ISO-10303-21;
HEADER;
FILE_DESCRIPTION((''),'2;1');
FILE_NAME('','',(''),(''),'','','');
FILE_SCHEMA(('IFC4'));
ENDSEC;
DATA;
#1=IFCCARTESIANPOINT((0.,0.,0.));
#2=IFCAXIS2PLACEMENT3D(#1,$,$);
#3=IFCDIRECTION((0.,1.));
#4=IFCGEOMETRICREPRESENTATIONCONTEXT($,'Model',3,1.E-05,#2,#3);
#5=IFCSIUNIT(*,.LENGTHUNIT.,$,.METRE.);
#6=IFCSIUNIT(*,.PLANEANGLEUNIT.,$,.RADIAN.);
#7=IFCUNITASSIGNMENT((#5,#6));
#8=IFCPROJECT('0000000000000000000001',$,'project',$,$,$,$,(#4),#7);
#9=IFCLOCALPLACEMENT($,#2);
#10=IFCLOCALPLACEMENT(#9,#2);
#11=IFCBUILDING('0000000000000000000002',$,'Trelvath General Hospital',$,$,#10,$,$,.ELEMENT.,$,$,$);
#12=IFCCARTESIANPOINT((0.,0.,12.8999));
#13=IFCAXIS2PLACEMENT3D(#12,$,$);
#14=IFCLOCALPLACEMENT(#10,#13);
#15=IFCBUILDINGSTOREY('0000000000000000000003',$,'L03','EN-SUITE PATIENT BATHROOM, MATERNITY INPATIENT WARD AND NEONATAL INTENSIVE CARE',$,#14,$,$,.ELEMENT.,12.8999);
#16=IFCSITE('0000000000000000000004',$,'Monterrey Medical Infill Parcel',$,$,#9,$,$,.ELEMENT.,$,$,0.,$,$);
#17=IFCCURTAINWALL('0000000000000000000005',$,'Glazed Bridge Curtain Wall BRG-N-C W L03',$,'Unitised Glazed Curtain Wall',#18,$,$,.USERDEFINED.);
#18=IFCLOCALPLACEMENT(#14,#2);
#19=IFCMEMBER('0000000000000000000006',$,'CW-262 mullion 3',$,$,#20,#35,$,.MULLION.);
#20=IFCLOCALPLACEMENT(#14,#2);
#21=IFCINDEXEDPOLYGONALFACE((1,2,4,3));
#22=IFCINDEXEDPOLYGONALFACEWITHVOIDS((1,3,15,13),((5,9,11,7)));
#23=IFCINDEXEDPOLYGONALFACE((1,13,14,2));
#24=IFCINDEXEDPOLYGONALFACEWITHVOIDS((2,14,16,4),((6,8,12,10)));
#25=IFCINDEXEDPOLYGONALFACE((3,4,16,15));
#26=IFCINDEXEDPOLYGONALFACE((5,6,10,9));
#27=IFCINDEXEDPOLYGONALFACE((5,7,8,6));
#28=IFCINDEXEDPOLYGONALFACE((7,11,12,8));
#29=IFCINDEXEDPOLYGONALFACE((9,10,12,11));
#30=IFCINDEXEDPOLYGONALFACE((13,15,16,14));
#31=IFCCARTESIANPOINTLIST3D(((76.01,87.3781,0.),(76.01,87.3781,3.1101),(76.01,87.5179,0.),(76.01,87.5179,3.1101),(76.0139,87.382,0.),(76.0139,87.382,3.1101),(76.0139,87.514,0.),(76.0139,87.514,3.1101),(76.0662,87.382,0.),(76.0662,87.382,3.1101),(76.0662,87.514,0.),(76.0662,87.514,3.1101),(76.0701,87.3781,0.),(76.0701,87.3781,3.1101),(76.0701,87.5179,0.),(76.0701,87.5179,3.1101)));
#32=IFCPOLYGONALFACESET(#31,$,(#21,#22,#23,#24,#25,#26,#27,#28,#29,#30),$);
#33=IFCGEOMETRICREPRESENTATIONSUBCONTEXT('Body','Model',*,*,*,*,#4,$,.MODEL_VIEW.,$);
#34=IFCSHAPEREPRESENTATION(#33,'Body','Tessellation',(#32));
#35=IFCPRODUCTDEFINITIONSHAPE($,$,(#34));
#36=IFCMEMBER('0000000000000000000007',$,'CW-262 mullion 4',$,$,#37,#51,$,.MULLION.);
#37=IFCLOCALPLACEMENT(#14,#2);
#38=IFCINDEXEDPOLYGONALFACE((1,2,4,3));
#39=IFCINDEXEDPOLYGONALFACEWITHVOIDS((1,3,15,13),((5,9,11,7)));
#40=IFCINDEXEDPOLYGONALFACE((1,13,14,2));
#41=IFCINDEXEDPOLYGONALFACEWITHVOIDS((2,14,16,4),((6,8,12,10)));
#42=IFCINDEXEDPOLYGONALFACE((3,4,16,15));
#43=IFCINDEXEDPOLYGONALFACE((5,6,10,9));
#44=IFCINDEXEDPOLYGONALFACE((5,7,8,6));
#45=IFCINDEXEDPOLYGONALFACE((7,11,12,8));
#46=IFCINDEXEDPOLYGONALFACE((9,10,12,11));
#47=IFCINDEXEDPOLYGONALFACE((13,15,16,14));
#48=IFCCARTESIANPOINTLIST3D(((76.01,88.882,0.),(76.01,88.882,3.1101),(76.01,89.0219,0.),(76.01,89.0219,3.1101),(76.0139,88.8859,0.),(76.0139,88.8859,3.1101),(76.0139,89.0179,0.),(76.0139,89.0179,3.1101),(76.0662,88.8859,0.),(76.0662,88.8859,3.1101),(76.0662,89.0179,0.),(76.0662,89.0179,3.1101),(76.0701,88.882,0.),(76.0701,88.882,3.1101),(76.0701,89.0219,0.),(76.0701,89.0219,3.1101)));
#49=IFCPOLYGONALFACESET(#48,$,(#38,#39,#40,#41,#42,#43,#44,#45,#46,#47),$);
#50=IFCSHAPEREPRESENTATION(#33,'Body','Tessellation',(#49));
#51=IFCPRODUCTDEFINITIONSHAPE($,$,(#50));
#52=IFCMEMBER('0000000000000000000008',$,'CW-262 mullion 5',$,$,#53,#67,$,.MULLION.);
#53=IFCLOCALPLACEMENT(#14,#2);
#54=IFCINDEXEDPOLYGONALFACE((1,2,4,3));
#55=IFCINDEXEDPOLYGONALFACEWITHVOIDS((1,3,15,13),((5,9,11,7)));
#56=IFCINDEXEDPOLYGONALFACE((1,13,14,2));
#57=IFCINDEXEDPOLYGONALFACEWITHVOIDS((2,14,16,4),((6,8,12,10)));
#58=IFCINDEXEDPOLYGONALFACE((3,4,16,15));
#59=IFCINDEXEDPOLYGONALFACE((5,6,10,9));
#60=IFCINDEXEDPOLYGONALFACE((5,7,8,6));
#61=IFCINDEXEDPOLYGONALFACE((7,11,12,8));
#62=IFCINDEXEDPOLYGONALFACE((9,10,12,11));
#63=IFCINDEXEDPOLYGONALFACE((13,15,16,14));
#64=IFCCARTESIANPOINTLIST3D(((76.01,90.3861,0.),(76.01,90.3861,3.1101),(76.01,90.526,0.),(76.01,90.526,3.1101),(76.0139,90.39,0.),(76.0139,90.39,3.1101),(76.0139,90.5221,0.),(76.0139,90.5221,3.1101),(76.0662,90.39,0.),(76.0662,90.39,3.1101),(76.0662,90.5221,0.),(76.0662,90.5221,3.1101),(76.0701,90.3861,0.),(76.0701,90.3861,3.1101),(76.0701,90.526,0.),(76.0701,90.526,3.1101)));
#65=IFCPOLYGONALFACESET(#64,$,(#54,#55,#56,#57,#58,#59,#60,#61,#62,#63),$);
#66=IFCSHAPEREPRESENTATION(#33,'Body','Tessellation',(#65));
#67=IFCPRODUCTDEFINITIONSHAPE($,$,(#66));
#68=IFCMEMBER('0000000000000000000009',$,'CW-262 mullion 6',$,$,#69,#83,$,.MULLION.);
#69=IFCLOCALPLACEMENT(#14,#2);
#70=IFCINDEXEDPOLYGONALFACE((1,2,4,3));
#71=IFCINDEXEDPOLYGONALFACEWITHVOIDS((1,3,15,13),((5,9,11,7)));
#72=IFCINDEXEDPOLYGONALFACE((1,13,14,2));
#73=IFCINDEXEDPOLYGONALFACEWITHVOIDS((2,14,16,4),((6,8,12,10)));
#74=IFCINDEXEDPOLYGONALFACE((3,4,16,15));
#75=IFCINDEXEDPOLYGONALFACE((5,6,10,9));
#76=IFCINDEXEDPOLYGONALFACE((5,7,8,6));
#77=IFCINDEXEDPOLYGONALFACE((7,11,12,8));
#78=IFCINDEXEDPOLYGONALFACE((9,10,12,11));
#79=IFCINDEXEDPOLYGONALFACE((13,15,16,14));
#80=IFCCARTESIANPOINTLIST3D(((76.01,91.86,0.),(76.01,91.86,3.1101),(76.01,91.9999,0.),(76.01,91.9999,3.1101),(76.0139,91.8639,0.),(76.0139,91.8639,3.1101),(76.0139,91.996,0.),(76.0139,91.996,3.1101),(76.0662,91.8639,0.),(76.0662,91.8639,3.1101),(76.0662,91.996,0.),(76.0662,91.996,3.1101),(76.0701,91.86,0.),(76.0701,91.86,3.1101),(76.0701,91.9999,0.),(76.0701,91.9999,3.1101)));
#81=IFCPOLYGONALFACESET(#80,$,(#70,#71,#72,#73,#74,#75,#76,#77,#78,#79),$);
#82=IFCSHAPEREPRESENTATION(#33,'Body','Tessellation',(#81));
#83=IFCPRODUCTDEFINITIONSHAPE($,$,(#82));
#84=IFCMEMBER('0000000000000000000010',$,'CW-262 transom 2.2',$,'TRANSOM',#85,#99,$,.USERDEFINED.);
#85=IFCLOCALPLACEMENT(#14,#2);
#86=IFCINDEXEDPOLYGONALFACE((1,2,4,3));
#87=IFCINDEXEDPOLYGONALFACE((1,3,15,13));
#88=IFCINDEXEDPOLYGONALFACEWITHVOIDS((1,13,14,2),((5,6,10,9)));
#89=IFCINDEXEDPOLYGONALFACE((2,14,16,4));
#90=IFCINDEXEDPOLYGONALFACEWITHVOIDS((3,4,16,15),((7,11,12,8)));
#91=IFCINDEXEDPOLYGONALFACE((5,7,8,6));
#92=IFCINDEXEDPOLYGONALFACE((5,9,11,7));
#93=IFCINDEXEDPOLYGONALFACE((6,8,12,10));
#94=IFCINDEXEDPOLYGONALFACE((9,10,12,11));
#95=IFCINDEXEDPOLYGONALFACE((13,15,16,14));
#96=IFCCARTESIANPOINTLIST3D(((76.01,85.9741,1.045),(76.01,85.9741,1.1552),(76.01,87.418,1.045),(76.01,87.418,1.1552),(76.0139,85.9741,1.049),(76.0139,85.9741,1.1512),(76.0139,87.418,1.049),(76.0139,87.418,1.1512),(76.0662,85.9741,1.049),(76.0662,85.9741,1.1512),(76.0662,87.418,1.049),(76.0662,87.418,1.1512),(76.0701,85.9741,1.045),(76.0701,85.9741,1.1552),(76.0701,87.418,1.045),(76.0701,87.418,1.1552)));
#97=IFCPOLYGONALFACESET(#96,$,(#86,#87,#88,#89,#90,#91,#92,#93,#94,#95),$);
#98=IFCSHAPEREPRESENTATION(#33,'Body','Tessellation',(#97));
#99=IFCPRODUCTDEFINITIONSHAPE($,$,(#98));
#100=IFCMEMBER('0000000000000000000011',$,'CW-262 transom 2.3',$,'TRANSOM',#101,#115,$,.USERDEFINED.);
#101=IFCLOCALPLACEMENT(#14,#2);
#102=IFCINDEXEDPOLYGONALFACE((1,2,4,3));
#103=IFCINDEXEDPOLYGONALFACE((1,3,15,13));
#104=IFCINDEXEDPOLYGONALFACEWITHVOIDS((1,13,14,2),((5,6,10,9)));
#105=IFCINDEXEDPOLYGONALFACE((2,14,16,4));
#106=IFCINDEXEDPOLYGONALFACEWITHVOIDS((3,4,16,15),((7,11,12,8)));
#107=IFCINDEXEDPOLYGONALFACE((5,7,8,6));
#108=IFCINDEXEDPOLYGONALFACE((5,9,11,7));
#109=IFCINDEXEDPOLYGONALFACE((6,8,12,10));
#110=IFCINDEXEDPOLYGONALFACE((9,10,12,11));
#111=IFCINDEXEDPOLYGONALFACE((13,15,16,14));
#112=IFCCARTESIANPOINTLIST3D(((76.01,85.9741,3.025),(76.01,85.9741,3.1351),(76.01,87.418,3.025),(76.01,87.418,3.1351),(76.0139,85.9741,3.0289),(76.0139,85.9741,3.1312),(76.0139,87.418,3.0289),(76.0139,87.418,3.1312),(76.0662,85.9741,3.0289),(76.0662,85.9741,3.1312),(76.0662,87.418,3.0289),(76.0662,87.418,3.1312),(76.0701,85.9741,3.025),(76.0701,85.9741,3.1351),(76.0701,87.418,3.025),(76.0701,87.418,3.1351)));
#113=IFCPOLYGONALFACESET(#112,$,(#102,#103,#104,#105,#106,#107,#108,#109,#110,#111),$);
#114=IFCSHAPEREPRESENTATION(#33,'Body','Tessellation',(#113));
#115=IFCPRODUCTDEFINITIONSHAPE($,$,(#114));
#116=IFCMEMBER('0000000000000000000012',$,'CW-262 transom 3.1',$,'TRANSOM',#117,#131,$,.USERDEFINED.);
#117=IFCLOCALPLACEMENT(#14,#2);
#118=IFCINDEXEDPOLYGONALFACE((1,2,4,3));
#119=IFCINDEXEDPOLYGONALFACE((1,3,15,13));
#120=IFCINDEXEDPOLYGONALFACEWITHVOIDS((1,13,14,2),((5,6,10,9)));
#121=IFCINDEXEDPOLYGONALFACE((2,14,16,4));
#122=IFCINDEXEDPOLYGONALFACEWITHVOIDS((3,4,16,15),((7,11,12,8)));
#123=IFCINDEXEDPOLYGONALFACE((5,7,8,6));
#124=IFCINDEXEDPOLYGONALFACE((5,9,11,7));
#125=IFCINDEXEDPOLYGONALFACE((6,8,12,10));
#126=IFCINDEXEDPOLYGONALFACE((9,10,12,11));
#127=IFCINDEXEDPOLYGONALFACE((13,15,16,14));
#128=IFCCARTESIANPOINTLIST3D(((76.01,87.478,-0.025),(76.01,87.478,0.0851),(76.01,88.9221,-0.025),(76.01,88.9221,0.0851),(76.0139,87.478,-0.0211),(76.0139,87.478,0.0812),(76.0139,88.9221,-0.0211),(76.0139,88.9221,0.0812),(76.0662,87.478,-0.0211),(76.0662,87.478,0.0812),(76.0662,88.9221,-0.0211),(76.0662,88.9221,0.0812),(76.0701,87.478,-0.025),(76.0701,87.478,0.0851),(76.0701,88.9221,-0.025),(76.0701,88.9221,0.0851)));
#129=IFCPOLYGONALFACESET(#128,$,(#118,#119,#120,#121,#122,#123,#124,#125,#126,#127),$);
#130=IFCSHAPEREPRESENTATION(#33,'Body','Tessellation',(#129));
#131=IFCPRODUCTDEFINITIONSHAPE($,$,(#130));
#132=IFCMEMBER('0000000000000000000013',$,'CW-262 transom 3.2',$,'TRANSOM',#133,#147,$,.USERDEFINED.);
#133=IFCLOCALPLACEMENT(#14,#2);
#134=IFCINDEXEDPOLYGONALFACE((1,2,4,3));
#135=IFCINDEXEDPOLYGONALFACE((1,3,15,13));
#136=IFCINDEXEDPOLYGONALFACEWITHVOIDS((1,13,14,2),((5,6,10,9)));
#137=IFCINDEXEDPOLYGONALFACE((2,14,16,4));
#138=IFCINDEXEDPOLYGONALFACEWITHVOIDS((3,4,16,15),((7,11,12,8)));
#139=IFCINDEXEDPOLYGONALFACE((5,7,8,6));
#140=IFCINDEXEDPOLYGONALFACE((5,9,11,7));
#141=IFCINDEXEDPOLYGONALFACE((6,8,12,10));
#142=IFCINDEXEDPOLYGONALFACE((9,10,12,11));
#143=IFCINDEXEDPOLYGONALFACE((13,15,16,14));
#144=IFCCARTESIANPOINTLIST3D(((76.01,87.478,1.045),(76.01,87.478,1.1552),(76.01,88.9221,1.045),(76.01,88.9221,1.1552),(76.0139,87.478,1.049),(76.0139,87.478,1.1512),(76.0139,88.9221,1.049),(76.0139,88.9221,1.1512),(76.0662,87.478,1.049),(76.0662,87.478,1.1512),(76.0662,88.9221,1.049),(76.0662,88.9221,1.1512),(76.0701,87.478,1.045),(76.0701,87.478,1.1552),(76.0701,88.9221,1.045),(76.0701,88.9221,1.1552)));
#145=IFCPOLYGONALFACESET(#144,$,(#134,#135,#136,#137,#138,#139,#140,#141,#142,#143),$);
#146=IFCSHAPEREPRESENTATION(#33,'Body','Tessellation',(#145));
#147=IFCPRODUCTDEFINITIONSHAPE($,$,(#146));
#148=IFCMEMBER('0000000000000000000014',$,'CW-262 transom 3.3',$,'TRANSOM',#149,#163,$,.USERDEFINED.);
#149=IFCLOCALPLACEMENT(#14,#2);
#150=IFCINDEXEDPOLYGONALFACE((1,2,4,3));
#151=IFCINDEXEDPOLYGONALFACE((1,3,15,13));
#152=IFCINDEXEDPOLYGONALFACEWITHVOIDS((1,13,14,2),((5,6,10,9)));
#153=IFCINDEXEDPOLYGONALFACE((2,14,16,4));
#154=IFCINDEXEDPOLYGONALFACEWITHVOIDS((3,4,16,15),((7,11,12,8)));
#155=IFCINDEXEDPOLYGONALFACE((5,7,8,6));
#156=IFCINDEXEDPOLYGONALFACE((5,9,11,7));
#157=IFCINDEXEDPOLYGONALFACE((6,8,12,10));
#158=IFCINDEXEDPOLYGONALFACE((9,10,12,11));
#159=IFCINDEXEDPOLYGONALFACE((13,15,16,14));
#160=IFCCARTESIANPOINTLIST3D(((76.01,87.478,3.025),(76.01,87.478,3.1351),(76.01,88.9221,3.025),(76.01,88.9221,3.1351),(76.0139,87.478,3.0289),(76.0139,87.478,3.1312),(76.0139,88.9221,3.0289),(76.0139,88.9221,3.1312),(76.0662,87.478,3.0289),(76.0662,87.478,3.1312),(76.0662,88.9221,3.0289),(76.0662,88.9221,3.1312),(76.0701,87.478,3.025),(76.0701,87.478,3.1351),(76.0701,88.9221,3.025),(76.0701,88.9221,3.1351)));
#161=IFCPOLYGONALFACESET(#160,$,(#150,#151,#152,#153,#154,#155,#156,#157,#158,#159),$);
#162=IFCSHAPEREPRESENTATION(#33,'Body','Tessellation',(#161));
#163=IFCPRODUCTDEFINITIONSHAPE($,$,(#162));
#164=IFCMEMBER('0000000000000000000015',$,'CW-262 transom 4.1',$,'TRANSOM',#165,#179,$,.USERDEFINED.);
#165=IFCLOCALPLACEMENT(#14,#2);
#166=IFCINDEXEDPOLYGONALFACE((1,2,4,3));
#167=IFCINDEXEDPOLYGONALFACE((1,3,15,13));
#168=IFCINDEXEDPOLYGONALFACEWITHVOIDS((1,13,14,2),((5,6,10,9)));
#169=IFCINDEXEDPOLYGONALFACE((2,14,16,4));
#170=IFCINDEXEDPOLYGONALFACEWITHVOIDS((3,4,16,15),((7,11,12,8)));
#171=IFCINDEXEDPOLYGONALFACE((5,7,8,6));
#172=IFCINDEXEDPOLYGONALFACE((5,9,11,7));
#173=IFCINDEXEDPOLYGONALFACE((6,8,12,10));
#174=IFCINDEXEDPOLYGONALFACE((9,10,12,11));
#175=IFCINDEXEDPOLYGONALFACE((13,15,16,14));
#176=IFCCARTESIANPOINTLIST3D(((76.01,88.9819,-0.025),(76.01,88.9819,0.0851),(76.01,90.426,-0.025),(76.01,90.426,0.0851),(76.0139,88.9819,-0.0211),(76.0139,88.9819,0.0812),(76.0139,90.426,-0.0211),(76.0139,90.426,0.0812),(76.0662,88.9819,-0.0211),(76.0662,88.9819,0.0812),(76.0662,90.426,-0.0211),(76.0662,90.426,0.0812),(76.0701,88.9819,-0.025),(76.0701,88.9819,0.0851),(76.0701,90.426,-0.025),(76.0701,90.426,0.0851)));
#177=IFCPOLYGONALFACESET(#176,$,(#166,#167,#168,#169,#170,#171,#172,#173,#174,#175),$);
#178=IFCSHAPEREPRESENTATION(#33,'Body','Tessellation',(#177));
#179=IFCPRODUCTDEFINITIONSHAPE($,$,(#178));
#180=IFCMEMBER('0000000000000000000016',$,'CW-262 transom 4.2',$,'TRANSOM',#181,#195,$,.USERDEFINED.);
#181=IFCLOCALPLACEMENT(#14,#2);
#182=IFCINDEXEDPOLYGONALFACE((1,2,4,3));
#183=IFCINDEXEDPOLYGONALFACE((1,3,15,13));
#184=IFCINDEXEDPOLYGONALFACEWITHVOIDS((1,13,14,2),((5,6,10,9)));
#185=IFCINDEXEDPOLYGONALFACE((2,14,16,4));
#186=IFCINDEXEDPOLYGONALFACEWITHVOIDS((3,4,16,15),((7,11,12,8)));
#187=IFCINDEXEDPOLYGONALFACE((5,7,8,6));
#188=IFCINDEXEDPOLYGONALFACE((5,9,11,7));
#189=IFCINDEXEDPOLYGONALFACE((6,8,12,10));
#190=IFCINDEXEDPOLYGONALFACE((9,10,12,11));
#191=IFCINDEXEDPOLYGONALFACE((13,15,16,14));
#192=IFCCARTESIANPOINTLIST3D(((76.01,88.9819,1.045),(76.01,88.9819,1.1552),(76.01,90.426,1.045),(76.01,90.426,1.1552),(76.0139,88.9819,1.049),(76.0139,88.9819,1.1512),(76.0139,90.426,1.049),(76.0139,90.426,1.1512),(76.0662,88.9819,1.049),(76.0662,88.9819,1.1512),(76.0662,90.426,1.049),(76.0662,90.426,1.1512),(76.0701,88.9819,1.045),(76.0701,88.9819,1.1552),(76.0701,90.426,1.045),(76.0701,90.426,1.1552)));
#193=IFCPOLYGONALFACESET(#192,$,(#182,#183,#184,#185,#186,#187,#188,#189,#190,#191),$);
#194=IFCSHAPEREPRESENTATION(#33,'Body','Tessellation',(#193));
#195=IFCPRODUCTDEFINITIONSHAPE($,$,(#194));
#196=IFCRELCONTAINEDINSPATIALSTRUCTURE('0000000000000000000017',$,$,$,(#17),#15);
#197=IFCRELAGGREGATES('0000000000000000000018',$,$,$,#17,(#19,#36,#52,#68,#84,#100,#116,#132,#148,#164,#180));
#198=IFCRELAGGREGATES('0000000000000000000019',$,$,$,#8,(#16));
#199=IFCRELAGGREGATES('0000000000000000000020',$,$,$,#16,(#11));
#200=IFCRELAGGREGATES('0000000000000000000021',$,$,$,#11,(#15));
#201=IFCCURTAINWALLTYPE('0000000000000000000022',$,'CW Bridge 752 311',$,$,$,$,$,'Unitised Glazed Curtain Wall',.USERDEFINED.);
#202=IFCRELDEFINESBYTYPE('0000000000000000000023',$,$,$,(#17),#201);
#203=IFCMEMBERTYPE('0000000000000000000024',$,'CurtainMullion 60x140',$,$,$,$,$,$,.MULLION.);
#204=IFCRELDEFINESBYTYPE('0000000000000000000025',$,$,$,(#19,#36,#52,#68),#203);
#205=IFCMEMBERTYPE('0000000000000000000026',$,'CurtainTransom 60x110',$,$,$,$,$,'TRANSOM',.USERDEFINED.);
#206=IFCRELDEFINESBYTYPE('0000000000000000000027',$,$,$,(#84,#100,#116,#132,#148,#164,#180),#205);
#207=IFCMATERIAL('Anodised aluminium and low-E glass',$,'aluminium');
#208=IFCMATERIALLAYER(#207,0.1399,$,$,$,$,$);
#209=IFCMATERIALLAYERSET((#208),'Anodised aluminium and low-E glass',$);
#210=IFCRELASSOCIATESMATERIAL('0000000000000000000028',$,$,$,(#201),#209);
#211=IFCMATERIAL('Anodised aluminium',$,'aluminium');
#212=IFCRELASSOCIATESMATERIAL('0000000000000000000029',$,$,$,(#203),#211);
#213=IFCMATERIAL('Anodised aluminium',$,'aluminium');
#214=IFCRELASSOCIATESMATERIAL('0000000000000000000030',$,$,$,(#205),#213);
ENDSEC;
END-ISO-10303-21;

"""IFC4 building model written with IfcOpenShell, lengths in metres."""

from ifc_helpers import new_model, si_unit, direction, frame, origin, origin_2d, place, context, subcontext, project, spatial, hollow_rectangle, extrude, material, layer, layer_set, material_profile, profile_set, type_object, element, aggregate, save


model = new_model("IFC4")

# Units and contexts
model_context = context("Model", 3, precision=1e-05, world=origin(), true_north=direction((0.0, 1.0)))
body_context = subcontext(model_context, "Body", "Model", "MODEL_VIEW")
ifc_project = project(units=[si_unit("LENGTHUNIT", "METRE"), si_unit("PLANEANGLEUNIT", "RADIAN")], contexts=[model_context])

# Site, building, storey
site_placement = place(None, origin())
site = spatial("IfcSite", under=ifc_project, at=site_placement, Name="Monterrey Medical Infill Parcel", CompositionType="ELEMENT", RefElevation=0.0)
building_placement = place(site_placement, origin())
building = spatial("IfcBuilding", under=site, at=building_placement, Name="Trelvath General Hospital", CompositionType="ELEMENT")
storey_placement = place(building_placement, frame((0.0, 0.0, 12.8999)))
storey = spatial("IfcBuildingStorey", under=building, at=storey_placement, Name="L03", Description="EN-SUITE PATIENT BATHROOM, MATERNITY INPATIENT WARD AND NEONATAL INTENSIVE CARE", CompositionType="ELEMENT", Elevation=12.8999)

# Curtain wall, members
ifc_material_1 = material(Name="Anodised aluminium and low-E glass", Category="aluminium")
ifc_layer_1 = layer(ifc_material_1, 0.1399)
ifc_layer_set_1 = layer_set([ifc_layer_1], Name="Anodised aluminium and low-E glass")
curtain_wall_type = type_object("IfcCurtainWallType", Name="CW Bridge 752 311", ElementType="Unitised Glazed Curtain Wall", PredefinedType="USERDEFINED", material=ifc_layer_set_1)
curtain_wall_placement = place(storey_placement, origin())
curtain_wall = element("IfcCurtainWall", 1, at=curtain_wall_placement, inside=storey, type_object=curtain_wall_type, Name="Glazed Bridge Curtain Wall BRG-N-C W L03", ObjectType="Unitised Glazed Curtain Wall", PredefinedType="USERDEFINED")
ifc_material_2 = material(Name="Anodised aluminium", Category="aluminium")
ifc_material_profile_1 = material_profile(ifc_material_2, hollow_rectangle(XDim=0.0601, YDim=0.1399, WallThickness=0.0039, at=origin_2d()), Name="RHS60x140x4")
ifc_profile_set_1 = profile_set([ifc_material_profile_1], Name="Anodised aluminium")
member_type_1 = type_object("IfcMemberType", Name="CurtainMullion 60x140", PredefinedType="MULLION", material=ifc_profile_set_1)
member_1_placement = place(storey_placement, frame((76.04, 87.448, 0.0), z_axis=(0.0, 0.0, 1.0), x_axis=(-1.0, 0.0, 0.0)))
member_1 = element("IfcMember", 2, at=member_1_placement, type_object=member_type_1, Name="CW-262 mullion 3", PredefinedType="MULLION", context=body_context, shape_type="SweptSolid", body=[
    extrude(hollow_rectangle(XDim=0.0601, YDim=0.1399, WallThickness=0.0039, at=origin_2d()), origin(), (0.0, 0.0, 1.0), 3.1101),
])
member_2_placement = place(storey_placement, frame((76.04, 88.9519, 0.0), z_axis=(0.0, 0.0, 1.0), x_axis=(-1.0, 0.0, 0.0)))
member_2 = element("IfcMember", 3, at=member_2_placement, type_object=member_type_1, Name="CW-262 mullion 4", PredefinedType="MULLION", context=body_context, shape_type="SweptSolid", body=[
    extrude(hollow_rectangle(XDim=0.0601, YDim=0.1399, WallThickness=0.0039, at=origin_2d()), origin(), (0.0, 0.0, 1.0), 3.1101),
])
member_3_placement = place(storey_placement, frame((76.04, 90.4561, 0.0), z_axis=(0.0, 0.0, 1.0), x_axis=(-1.0, 0.0, 0.0)))
member_3 = element("IfcMember", 4, at=member_3_placement, type_object=member_type_1, Name="CW-262 mullion 5", PredefinedType="MULLION", context=body_context, shape_type="SweptSolid", body=[
    extrude(hollow_rectangle(XDim=0.0601, YDim=0.1399, WallThickness=0.0039, at=origin_2d()), origin(), (0.0, 0.0, 1.0), 3.1101),
])
member_4_placement = place(storey_placement, frame((76.04, 91.9299, 0.0), z_axis=(0.0, 0.0, 1.0), x_axis=(-1.0, 0.0, 0.0)))
member_4 = element("IfcMember", 5, at=member_4_placement, type_object=member_type_1, Name="CW-262 mullion 6", PredefinedType="MULLION", context=body_context, shape_type="SweptSolid", body=[
    extrude(hollow_rectangle(XDim=0.0601, YDim=0.1399, WallThickness=0.0039, at=origin_2d()), origin(), (0.0, 0.0, 1.0), 3.1101),
])
ifc_material_3 = material(Name="Anodised aluminium", Category="aluminium")
ifc_material_profile_2 = material_profile(ifc_material_3, hollow_rectangle(XDim=0.0601, YDim=0.1101, WallThickness=0.0039, at=origin_2d()), Name="RHS60x110x4")
ifc_profile_set_2 = profile_set([ifc_material_profile_2], Name="Anodised aluminium")
member_type_2 = type_object("IfcMemberType", Name="CurtainTransom 60x110", ElementType="TRANSOM", PredefinedType="USERDEFINED", material=ifc_profile_set_2)
member_5_placement = place(storey_placement, frame((76.04, 85.9741, 1.1001), z_axis=(0.0, 1.0, 0.0), x_axis=(-1.0, 0.0, 0.0)))
member_5 = element("IfcMember", 6, at=member_5_placement, type_object=member_type_2, Name="CW-262 transom 2.2", ObjectType="TRANSOM", PredefinedType="USERDEFINED", context=body_context, shape_type="SweptSolid", body=[
    extrude(hollow_rectangle(XDim=0.0601, YDim=0.1101, WallThickness=0.0039, at=origin_2d()), origin(), (0.0, 0.0, 1.0), 1.4438),
])
member_6_placement = place(storey_placement, frame((76.04, 85.9741, 3.0801), z_axis=(0.0, 1.0, 0.0), x_axis=(-1.0, 0.0, 0.0)))
member_6 = element("IfcMember", 7, at=member_6_placement, type_object=member_type_2, Name="CW-262 transom 2.3", ObjectType="TRANSOM", PredefinedType="USERDEFINED", context=body_context, shape_type="SweptSolid", body=[
    extrude(hollow_rectangle(XDim=0.0601, YDim=0.1101, WallThickness=0.0039, at=origin_2d()), origin(), (0.0, 0.0, 1.0), 1.4438),
])
member_7_placement = place(storey_placement, frame((76.04, 87.478, 0.03), z_axis=(0.0, 1.0, 0.0), x_axis=(-1.0, 0.0, 0.0)))
member_7 = element("IfcMember", 8, at=member_7_placement, type_object=member_type_2, Name="CW-262 transom 3.1", ObjectType="TRANSOM", PredefinedType="USERDEFINED", context=body_context, shape_type="SweptSolid", body=[
    extrude(hollow_rectangle(XDim=0.0601, YDim=0.1101, WallThickness=0.0039, at=origin_2d()), origin(), (0.0, 0.0, 1.0), 1.4441),
])
member_8_placement = place(storey_placement, frame((76.04, 87.478, 1.1001), z_axis=(0.0, 1.0, 0.0), x_axis=(-1.0, 0.0, 0.0)))
member_8 = element("IfcMember", 9, at=member_8_placement, type_object=member_type_2, Name="CW-262 transom 3.2", ObjectType="TRANSOM", PredefinedType="USERDEFINED", context=body_context, shape_type="SweptSolid", body=[
    extrude(hollow_rectangle(XDim=0.0601, YDim=0.1101, WallThickness=0.0039, at=origin_2d()), origin(), (0.0, 0.0, 1.0), 1.4441),
])
member_9_placement = place(storey_placement, frame((76.04, 87.478, 3.0801), z_axis=(0.0, 1.0, 0.0), x_axis=(-1.0, 0.0, 0.0)))
member_9 = element("IfcMember", 10, at=member_9_placement, type_object=member_type_2, Name="CW-262 transom 3.3", ObjectType="TRANSOM", PredefinedType="USERDEFINED", context=body_context, shape_type="SweptSolid", body=[
    extrude(hollow_rectangle(XDim=0.0601, YDim=0.1101, WallThickness=0.0039, at=origin_2d()), origin(), (0.0, 0.0, 1.0), 1.4441),
])
member_10_placement = place(storey_placement, frame((76.04, 88.9819, 0.03), z_axis=(0.0, 1.0, 0.0), x_axis=(-1.0, 0.0, 0.0)))
member_10 = element("IfcMember", 11, at=member_10_placement, type_object=member_type_2, Name="CW-262 transom 4.1", ObjectType="TRANSOM", PredefinedType="USERDEFINED", context=body_context, shape_type="SweptSolid", body=[
    extrude(hollow_rectangle(XDim=0.0601, YDim=0.1101, WallThickness=0.0039, at=origin_2d()), origin(), (0.0, 0.0, 1.0), 1.4441),
])
member_11_placement = place(storey_placement, frame((76.04, 88.9819, 1.1001), z_axis=(0.0, 1.0, 0.0), x_axis=(-1.0, 0.0, 0.0)))
member_11 = element("IfcMember", 12, at=member_11_placement, type_object=member_type_2, Name="CW-262 transom 4.2", ObjectType="TRANSOM", PredefinedType="USERDEFINED", context=body_context, shape_type="SweptSolid", body=[
    extrude(hollow_rectangle(XDim=0.0601, YDim=0.1101, WallThickness=0.0039, at=origin_2d()), origin(), (0.0, 0.0, 1.0), 1.4441),
])
aggregate(curtain_wall, [member_1, member_2, member_3, member_4, member_5, member_6, member_7, member_8, member_9, member_10, member_11])

save(model, "model.ifc")
